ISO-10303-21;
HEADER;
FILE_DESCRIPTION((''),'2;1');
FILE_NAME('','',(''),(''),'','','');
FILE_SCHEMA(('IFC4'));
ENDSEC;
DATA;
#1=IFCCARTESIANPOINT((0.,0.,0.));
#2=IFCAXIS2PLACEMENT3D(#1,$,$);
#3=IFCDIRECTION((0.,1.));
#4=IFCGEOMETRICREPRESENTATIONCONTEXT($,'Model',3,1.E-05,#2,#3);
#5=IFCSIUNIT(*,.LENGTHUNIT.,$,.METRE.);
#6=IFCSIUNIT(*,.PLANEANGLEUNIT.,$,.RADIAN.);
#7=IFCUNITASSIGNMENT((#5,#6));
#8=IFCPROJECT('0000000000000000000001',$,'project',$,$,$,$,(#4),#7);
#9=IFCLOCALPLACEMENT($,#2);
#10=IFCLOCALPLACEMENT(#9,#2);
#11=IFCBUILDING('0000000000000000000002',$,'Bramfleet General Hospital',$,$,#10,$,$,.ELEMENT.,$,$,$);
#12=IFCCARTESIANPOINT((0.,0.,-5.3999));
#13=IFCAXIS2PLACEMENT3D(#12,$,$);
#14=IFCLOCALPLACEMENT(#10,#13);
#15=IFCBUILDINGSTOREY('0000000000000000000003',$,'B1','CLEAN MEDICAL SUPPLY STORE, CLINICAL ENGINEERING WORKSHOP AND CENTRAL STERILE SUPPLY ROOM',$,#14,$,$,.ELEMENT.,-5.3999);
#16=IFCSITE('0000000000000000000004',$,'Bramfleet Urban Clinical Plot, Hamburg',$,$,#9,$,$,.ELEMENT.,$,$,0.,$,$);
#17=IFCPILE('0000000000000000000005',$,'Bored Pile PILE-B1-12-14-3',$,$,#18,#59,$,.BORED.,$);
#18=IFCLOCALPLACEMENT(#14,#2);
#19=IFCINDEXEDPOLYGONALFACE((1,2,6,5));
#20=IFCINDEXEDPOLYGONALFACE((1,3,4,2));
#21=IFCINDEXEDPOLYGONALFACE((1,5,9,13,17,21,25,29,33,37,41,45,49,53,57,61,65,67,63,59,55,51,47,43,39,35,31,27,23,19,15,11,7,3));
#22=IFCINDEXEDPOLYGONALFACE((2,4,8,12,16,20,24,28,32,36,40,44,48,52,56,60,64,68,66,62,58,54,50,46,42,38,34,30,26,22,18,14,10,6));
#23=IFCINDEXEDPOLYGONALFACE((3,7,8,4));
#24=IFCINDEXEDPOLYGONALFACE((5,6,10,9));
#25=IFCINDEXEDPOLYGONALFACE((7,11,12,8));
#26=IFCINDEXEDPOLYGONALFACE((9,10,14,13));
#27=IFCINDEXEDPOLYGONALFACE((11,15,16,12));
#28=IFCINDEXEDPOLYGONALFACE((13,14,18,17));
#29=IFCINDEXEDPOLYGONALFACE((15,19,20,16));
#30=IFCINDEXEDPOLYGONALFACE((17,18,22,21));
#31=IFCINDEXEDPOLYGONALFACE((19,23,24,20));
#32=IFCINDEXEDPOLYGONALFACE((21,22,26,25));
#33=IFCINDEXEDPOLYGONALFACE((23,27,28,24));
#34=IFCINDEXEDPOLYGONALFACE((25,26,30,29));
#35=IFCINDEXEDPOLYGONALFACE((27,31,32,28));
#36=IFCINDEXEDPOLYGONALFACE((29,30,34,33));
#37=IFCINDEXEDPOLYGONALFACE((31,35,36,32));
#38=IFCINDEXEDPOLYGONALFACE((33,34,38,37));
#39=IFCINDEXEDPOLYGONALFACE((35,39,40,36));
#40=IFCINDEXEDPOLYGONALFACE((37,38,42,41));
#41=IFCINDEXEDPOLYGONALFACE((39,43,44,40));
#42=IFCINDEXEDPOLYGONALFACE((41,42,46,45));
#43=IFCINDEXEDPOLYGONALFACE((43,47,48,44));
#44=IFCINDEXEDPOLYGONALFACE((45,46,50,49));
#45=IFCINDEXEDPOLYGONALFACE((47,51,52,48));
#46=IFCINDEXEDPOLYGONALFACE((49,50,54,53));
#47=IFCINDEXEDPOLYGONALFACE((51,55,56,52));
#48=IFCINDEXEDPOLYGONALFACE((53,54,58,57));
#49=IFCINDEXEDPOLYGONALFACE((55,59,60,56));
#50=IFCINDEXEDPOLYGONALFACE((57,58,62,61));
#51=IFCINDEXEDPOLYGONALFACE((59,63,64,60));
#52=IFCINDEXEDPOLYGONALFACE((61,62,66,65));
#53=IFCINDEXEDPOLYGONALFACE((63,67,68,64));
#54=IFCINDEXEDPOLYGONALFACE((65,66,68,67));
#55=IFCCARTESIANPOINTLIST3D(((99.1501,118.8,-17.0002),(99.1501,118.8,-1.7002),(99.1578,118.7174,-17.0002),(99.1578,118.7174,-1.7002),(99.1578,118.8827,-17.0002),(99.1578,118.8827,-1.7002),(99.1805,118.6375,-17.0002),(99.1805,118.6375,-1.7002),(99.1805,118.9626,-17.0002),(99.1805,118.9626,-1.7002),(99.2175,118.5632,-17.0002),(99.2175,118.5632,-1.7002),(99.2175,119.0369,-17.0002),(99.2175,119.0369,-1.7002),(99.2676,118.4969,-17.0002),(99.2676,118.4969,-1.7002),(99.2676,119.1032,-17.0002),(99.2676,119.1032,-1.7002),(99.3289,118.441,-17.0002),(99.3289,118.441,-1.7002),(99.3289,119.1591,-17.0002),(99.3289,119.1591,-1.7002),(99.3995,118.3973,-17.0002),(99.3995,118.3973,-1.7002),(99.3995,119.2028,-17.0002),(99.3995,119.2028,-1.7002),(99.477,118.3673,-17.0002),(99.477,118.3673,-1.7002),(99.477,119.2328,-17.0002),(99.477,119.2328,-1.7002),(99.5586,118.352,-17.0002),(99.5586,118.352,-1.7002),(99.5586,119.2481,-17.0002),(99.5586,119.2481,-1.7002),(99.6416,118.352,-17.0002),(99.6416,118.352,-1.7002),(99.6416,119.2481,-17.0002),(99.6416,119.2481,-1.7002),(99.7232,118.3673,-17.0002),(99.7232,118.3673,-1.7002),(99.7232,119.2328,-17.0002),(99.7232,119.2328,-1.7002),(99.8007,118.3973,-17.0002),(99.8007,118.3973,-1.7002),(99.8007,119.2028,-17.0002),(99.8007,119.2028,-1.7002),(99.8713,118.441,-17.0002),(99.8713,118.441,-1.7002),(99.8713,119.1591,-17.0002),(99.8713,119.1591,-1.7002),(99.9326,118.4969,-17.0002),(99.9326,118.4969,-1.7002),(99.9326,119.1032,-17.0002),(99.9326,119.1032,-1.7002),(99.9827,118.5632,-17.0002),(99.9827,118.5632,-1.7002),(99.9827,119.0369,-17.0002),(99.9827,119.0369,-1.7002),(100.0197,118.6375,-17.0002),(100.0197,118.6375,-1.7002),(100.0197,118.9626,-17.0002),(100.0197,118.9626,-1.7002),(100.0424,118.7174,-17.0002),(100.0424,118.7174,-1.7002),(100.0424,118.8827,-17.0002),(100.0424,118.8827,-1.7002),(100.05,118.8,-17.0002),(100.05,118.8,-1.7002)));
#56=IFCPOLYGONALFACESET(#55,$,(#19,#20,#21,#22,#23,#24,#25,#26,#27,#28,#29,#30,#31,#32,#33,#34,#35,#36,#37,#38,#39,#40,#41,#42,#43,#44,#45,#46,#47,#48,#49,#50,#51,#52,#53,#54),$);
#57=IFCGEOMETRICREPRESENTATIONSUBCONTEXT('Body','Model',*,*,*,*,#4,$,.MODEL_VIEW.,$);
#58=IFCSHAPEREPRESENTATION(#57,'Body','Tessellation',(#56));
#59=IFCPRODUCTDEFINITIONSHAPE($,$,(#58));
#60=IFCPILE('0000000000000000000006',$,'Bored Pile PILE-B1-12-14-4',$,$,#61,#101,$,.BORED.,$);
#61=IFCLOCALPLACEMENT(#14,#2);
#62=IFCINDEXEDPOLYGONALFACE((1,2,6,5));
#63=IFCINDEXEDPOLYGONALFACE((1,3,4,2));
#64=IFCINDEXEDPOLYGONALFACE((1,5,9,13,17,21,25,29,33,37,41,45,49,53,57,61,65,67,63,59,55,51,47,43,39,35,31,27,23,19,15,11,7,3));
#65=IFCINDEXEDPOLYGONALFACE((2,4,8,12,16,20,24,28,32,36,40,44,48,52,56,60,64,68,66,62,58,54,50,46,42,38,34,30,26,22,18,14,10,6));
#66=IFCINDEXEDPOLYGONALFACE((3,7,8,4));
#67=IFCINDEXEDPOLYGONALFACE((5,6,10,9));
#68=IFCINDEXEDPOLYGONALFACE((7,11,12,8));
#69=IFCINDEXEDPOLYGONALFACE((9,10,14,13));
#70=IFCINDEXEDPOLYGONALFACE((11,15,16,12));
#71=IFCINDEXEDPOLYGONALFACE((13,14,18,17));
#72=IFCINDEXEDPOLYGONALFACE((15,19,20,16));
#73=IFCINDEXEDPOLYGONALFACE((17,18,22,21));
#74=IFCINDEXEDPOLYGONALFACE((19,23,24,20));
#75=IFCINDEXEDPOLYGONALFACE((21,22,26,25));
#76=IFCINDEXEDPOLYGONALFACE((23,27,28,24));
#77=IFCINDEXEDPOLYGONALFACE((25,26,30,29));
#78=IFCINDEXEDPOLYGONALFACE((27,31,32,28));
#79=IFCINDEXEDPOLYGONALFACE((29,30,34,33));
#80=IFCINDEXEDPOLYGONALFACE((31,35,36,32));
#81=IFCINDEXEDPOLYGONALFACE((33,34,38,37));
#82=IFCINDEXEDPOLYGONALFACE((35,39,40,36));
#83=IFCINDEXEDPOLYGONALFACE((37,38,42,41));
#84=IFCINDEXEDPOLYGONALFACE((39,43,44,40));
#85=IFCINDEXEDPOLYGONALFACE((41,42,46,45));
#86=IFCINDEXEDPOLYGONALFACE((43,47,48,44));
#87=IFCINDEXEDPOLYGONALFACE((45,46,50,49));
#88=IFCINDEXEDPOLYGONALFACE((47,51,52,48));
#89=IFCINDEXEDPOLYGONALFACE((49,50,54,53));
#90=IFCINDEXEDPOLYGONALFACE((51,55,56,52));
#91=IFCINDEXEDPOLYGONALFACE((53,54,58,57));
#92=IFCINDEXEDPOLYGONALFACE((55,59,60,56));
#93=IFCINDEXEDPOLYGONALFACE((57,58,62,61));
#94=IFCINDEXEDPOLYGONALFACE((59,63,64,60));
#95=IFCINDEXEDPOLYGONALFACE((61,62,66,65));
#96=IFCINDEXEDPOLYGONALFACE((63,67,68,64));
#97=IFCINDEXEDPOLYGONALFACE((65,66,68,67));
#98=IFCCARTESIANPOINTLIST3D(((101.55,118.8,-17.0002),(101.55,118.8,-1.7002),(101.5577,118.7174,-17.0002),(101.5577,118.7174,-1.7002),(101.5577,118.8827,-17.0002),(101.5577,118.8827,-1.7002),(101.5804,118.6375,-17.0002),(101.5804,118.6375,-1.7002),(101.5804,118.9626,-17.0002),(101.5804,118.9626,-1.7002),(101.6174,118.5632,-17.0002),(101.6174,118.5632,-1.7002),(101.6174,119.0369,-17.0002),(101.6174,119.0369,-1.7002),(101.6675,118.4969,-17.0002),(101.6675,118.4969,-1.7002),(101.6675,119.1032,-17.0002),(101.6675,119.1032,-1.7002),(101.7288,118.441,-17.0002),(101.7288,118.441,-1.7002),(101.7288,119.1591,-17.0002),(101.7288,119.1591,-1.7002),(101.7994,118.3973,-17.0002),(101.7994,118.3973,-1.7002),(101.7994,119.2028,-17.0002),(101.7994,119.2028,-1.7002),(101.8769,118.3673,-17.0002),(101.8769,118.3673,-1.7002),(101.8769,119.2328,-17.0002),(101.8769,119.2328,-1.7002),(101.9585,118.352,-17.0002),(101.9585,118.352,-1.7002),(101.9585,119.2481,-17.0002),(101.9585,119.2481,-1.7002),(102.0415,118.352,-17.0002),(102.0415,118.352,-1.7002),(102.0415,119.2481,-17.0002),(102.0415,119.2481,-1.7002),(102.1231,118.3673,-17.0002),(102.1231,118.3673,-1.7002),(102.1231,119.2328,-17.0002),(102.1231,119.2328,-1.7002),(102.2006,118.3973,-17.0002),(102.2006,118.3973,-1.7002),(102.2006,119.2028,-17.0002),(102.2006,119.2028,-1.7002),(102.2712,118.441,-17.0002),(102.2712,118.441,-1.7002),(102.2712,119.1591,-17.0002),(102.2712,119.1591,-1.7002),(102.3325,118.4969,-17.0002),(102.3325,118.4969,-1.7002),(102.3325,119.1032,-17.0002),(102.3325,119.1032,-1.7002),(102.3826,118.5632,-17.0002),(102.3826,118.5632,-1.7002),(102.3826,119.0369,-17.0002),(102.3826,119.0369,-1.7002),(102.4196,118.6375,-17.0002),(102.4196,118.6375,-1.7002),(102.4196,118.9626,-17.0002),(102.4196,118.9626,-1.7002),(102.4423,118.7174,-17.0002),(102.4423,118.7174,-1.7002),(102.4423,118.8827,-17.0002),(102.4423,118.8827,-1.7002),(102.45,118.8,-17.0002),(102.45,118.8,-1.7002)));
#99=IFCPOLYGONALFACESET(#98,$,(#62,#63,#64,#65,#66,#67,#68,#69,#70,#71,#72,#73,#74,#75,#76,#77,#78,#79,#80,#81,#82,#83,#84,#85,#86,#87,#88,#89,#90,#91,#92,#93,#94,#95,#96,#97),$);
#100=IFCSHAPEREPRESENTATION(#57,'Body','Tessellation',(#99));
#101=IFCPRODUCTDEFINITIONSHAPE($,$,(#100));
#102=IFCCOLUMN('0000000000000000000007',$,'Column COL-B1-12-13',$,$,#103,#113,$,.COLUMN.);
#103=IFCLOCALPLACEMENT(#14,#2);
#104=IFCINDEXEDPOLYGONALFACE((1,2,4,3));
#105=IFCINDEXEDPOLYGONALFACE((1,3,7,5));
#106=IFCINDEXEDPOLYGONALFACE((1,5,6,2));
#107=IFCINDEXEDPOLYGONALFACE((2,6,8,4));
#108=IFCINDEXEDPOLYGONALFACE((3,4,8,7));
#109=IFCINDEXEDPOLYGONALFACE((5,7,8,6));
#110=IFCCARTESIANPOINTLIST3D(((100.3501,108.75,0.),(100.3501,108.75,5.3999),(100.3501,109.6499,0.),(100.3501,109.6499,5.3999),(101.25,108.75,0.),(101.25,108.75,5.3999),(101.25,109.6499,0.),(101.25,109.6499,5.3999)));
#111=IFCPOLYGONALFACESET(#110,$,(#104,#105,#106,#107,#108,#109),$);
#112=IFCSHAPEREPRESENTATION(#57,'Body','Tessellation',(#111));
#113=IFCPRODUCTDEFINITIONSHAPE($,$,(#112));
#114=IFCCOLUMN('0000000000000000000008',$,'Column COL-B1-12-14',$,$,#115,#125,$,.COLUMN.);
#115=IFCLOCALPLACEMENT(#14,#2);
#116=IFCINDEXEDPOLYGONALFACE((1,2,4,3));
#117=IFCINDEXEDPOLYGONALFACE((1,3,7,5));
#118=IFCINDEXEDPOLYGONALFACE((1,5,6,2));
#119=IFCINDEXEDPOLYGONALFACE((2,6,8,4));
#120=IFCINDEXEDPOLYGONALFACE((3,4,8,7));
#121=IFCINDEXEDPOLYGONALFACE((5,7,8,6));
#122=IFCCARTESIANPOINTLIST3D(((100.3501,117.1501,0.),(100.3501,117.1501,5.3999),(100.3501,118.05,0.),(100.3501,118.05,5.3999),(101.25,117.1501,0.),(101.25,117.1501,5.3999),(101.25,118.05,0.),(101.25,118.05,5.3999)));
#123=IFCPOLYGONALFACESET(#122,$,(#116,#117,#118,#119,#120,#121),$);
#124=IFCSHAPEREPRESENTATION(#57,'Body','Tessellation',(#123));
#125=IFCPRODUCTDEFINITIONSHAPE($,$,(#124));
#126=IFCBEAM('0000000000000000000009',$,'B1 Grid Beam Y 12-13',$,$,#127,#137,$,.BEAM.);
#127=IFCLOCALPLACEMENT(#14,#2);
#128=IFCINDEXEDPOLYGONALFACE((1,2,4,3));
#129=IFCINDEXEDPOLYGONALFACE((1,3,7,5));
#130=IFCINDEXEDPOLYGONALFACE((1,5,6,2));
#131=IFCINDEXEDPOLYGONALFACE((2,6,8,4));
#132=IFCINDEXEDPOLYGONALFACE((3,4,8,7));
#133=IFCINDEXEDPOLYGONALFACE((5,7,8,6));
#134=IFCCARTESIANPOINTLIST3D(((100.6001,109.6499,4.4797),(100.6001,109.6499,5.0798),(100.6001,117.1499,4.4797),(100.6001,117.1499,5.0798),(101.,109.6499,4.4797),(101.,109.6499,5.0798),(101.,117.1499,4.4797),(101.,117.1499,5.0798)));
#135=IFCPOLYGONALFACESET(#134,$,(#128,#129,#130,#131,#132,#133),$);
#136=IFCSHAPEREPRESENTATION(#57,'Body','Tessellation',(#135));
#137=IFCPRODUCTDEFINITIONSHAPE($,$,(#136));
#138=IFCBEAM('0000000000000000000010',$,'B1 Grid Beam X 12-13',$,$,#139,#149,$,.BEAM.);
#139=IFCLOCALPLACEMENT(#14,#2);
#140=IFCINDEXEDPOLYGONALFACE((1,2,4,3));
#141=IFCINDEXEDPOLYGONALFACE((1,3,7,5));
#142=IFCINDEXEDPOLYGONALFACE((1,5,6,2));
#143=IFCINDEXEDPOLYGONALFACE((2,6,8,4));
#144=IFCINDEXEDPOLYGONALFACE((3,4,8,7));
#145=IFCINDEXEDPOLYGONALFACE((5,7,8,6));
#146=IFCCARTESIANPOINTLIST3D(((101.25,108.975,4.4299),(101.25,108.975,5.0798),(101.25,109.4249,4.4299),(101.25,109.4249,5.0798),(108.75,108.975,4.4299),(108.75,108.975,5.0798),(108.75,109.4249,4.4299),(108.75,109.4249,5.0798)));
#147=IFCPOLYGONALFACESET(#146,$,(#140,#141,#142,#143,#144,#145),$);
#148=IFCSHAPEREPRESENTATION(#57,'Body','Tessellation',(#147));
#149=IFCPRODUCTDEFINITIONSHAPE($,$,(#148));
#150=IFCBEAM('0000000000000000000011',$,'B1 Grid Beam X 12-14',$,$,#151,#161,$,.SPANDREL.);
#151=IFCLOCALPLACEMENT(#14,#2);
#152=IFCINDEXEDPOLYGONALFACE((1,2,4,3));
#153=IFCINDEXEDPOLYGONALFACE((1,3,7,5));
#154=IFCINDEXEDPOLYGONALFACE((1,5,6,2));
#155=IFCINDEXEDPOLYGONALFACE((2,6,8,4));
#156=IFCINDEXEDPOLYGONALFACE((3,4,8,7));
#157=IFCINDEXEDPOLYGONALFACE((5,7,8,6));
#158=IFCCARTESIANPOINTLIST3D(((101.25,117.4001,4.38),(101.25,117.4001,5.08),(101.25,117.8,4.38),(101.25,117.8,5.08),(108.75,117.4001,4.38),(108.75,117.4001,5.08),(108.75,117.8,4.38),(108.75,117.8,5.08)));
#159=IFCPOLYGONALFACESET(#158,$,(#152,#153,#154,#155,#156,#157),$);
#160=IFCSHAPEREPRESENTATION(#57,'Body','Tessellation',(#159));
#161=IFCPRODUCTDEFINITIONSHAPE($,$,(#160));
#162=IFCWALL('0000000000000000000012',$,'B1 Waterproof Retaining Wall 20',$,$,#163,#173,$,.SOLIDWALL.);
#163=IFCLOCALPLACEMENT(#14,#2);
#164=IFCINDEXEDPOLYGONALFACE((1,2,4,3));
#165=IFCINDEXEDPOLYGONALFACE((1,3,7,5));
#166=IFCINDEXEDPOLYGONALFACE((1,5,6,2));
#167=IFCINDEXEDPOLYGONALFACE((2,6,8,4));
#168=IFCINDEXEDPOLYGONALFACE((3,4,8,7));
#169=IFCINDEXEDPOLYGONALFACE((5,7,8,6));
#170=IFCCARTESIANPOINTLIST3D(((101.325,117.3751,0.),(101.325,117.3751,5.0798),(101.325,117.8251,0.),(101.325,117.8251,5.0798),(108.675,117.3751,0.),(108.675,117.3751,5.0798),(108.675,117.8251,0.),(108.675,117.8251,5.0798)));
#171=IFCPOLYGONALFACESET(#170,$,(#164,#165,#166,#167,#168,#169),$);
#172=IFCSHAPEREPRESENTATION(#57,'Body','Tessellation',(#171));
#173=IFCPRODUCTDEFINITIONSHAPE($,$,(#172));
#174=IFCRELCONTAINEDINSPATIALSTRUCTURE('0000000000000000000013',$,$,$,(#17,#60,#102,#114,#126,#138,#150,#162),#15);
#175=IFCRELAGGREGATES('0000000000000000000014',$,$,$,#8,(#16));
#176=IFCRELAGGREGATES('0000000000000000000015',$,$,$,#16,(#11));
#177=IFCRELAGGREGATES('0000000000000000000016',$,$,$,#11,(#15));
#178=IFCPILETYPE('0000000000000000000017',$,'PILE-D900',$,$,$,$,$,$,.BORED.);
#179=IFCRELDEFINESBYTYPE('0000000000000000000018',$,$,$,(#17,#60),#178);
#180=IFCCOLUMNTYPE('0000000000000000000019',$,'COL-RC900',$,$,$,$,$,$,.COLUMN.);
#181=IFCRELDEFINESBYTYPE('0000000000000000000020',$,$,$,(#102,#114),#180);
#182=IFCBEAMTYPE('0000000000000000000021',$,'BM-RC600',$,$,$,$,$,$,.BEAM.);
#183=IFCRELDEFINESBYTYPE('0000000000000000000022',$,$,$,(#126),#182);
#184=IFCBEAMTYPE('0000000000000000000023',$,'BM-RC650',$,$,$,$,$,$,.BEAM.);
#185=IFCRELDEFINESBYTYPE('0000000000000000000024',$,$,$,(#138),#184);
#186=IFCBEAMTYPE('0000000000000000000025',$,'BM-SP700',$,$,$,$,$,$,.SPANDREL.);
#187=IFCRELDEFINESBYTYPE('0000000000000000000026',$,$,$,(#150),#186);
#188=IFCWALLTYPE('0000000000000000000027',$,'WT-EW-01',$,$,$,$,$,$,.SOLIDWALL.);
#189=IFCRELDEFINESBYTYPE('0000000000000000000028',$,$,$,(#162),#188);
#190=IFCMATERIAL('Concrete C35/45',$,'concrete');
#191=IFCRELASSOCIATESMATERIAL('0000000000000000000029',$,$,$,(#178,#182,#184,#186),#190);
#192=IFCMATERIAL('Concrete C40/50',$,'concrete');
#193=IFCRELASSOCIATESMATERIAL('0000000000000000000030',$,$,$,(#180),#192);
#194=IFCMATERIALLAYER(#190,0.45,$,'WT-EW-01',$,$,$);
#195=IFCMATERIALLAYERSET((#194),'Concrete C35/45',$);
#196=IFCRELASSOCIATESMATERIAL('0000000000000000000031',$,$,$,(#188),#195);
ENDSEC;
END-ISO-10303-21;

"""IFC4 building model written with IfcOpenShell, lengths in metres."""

from ifc_helpers import new_model, si_unit, direction, frame, frame_2d, origin, origin_2d, place, context, subcontext, project, spatial, rectangle, circle, extrude, material, layer, layer_set, material_profile, profile_set, type_object, element, save


model = new_model("IFC4")

# Units and contexts
model_context = context("Model", 3, precision=1e-05, world=origin(), true_north=direction((0.0, 1.0)))
body_context = subcontext(model_context, "Body", "Model", "MODEL_VIEW")
ifc_project = project(units=[si_unit("LENGTHUNIT", "METRE"), si_unit("PLANEANGLEUNIT", "RADIAN")], contexts=[model_context])

# Site, building, storey
site_placement = place(None, origin())
site = spatial("IfcSite", under=ifc_project, at=site_placement, Name="Bramfleet Urban Clinical Plot, Hamburg", CompositionType="ELEMENT", RefElevation=0.0)
building_placement = place(site_placement, origin())
building = spatial("IfcBuilding", under=site, at=building_placement, Name="Bramfleet General Hospital", CompositionType="ELEMENT")
storey_placement = place(building_placement, frame((0.0, 0.0, -5.3999)))
storey = spatial("IfcBuildingStorey", under=building, at=storey_placement, Name="B1", Description="CLEAN MEDICAL SUPPLY STORE, CLINICAL ENGINEERING WORKSHOP AND CENTRAL STERILE SUPPLY ROOM", CompositionType="ELEMENT", Elevation=-5.3999)

# Shared definitions
ifc_material_1 = material(Name="Concrete C35/45", Category="concrete")

# Piles
ifc_material_profile_1 = material_profile(ifc_material_1, circle(Radius=0.45, at=origin_2d()), Name="PILE BORED D900")
ifc_profile_set_1 = profile_set([ifc_material_profile_1], Name="Concrete C35/45")
pile_type_1 = type_object("IfcPileType", Name="PILE-D900", PredefinedType="BORED", material=ifc_profile_set_1)
for number, where, z_axis, x_axis, name in (
    (1, (99.6001, 118.8, -1.7002), (0.0, 0.0, -1.0), (1.0, 0.0, 0.0), "Bored Pile PILE-B1-12-14-3"),
    (2, (102.0, 118.8, -1.7002), (0.0, 0.0, -1.0), (1.0, 0.0, 0.0), "Bored Pile PILE-B1-12-14-4"),
):
    element("IfcPile", number, at=place(storey_placement, frame(where, z_axis=z_axis, x_axis=x_axis)), inside=storey, type_object=pile_type_1, Name=name, PredefinedType="BORED", context=body_context, shape_type="SweptSolid", body=[
        extrude(circle(Radius=0.45, at=origin_2d()), origin(), (0.0, 0.0, 1.0), 15.3),
    ])

# Columns
ifc_material_2 = material(Name="Concrete C40/50", Category="concrete")
ifc_material_profile_2 = material_profile(ifc_material_2, rectangle(XDim=0.8999, YDim=0.8999, at=origin_2d()), Name="RC COL 900x900")
ifc_profile_set_2 = profile_set([ifc_material_profile_2], Name="Concrete C40/50")
column_type = type_object("IfcColumnType", Name="COL-RC900", PredefinedType="COLUMN", material=ifc_profile_set_2)
for number, where, z_axis, x_axis, name in (
    (3, (100.8, 109.2, 0.0), (0.0, 0.0, 1.0), (1.0, 0.0, 0.0), "Column COL-B1-12-13"),
    (4, (100.8, 117.6001, 0.0), (0.0, 0.0, 1.0), (1.0, 0.0, 0.0), "Column COL-B1-12-14"),
):
    element("IfcColumn", number, at=place(storey_placement, frame(where, z_axis=z_axis, x_axis=x_axis)), inside=storey, type_object=column_type, Name=name, PredefinedType="COLUMN", context=body_context, shape_type="SweptSolid", body=[
        extrude(rectangle(XDim=0.8999, YDim=0.8999, at=origin_2d()), origin(), (0.0, 0.0, 1.0), 5.3999),
    ])

# Beams
ifc_material_profile_3 = material_profile(ifc_material_1, rectangle(XDim=0.3999, YDim=0.6001, at=origin_2d()), Name="RC BM 600x400")
ifc_profile_set_3 = profile_set([ifc_material_profile_3], Name="Concrete C35/45")
beam_type_1 = type_object("IfcBeamType", Name="BM-RC600", PredefinedType="BEAM", material=ifc_profile_set_3)
beam_1_placement = place(storey_placement, frame((100.8, 109.6499, 4.7798), z_axis=(0.0, 1.0, 0.0), x_axis=(-1.0, 0.0, 0.0)))
element("IfcBeam", 5, at=beam_1_placement, inside=storey, type_object=beam_type_1, Name="B1 Grid Beam Y 12-13", PredefinedType="BEAM", context=body_context, shape_type="SweptSolid", body=[
    extrude(rectangle(XDim=0.3999, YDim=0.6001, at=origin_2d()), origin(), (0.0, 0.0, 1.0), 7.5),
])
ifc_material_profile_4 = material_profile(ifc_material_1, rectangle(XDim=0.45, YDim=0.6499, at=origin_2d()), Name="RC BM 650x450")
ifc_profile_set_4 = profile_set([ifc_material_profile_4], Name="Concrete C35/45")
beam_type_2 = type_object("IfcBeamType", Name="BM-RC650", PredefinedType="BEAM", material=ifc_profile_set_4)
beam_2_placement = place(storey_placement, frame((101.25, 109.2, 4.7549), z_axis=(1.0, 0.0, 0.0), x_axis=(0.0, 1.0, 0.0)))
element("IfcBeam", 6, at=beam_2_placement, inside=storey, type_object=beam_type_2, Name="B1 Grid Beam X 12-13", PredefinedType="BEAM", context=body_context, shape_type="SweptSolid", body=[
    extrude(rectangle(XDim=0.45, YDim=0.6499, at=origin_2d()), origin(), (0.0, 0.0, 1.0), 7.5),
])
ifc_material_profile_5 = material_profile(ifc_material_1, rectangle(XDim=0.3999, YDim=0.7, at=origin_2d()), Name="RC SP 700x400")
ifc_profile_set_5 = profile_set([ifc_material_profile_5], Name="Concrete C35/45")
beam_type_3 = type_object("IfcBeamType", Name="BM-SP700", PredefinedType="SPANDREL", material=ifc_profile_set_5)
beam_3_placement = place(storey_placement, frame((101.25, 117.6001, 4.73), z_axis=(1.0, 0.0, 0.0), x_axis=(0.0, 1.0, 0.0)))
element("IfcBeam", 7, at=beam_3_placement, inside=storey, type_object=beam_type_3, Name="B1 Grid Beam X 12-14", PredefinedType="SPANDREL", context=body_context, shape_type="SweptSolid", body=[
    extrude(rectangle(XDim=0.3999, YDim=0.7, at=origin_2d()), origin(), (0.0, 0.0, 1.0), 7.5),
])

# Wall
ifc_layer_1 = layer(ifc_material_1, 0.45, Name="WT-EW-01")
ifc_layer_set_1 = layer_set([ifc_layer_1], Name="Concrete C35/45")
wall_type_1 = type_object("IfcWallType", Name="WT-EW-01", PredefinedType="SOLIDWALL", material=ifc_layer_set_1)
wall_1_placement = place(storey_placement, frame((101.325, 117.6001, 0.0), z_axis=(0.0, 0.0, 1.0), x_axis=(1.0, 0.0, 0.0)))
element("IfcWall", 8, at=wall_1_placement, inside=storey, type_object=wall_type_1, Name="B1 Waterproof Retaining Wall 20", PredefinedType="SOLIDWALL", context=body_context, shape_type="SweptSolid", body=[
    extrude(rectangle(XDim=7.3501, YDim=0.45, at=frame_2d((3.675, 0.0))), origin(), (0.0, 0.0, 1.0), 5.0798),
])

save(model, "model.ifc")
